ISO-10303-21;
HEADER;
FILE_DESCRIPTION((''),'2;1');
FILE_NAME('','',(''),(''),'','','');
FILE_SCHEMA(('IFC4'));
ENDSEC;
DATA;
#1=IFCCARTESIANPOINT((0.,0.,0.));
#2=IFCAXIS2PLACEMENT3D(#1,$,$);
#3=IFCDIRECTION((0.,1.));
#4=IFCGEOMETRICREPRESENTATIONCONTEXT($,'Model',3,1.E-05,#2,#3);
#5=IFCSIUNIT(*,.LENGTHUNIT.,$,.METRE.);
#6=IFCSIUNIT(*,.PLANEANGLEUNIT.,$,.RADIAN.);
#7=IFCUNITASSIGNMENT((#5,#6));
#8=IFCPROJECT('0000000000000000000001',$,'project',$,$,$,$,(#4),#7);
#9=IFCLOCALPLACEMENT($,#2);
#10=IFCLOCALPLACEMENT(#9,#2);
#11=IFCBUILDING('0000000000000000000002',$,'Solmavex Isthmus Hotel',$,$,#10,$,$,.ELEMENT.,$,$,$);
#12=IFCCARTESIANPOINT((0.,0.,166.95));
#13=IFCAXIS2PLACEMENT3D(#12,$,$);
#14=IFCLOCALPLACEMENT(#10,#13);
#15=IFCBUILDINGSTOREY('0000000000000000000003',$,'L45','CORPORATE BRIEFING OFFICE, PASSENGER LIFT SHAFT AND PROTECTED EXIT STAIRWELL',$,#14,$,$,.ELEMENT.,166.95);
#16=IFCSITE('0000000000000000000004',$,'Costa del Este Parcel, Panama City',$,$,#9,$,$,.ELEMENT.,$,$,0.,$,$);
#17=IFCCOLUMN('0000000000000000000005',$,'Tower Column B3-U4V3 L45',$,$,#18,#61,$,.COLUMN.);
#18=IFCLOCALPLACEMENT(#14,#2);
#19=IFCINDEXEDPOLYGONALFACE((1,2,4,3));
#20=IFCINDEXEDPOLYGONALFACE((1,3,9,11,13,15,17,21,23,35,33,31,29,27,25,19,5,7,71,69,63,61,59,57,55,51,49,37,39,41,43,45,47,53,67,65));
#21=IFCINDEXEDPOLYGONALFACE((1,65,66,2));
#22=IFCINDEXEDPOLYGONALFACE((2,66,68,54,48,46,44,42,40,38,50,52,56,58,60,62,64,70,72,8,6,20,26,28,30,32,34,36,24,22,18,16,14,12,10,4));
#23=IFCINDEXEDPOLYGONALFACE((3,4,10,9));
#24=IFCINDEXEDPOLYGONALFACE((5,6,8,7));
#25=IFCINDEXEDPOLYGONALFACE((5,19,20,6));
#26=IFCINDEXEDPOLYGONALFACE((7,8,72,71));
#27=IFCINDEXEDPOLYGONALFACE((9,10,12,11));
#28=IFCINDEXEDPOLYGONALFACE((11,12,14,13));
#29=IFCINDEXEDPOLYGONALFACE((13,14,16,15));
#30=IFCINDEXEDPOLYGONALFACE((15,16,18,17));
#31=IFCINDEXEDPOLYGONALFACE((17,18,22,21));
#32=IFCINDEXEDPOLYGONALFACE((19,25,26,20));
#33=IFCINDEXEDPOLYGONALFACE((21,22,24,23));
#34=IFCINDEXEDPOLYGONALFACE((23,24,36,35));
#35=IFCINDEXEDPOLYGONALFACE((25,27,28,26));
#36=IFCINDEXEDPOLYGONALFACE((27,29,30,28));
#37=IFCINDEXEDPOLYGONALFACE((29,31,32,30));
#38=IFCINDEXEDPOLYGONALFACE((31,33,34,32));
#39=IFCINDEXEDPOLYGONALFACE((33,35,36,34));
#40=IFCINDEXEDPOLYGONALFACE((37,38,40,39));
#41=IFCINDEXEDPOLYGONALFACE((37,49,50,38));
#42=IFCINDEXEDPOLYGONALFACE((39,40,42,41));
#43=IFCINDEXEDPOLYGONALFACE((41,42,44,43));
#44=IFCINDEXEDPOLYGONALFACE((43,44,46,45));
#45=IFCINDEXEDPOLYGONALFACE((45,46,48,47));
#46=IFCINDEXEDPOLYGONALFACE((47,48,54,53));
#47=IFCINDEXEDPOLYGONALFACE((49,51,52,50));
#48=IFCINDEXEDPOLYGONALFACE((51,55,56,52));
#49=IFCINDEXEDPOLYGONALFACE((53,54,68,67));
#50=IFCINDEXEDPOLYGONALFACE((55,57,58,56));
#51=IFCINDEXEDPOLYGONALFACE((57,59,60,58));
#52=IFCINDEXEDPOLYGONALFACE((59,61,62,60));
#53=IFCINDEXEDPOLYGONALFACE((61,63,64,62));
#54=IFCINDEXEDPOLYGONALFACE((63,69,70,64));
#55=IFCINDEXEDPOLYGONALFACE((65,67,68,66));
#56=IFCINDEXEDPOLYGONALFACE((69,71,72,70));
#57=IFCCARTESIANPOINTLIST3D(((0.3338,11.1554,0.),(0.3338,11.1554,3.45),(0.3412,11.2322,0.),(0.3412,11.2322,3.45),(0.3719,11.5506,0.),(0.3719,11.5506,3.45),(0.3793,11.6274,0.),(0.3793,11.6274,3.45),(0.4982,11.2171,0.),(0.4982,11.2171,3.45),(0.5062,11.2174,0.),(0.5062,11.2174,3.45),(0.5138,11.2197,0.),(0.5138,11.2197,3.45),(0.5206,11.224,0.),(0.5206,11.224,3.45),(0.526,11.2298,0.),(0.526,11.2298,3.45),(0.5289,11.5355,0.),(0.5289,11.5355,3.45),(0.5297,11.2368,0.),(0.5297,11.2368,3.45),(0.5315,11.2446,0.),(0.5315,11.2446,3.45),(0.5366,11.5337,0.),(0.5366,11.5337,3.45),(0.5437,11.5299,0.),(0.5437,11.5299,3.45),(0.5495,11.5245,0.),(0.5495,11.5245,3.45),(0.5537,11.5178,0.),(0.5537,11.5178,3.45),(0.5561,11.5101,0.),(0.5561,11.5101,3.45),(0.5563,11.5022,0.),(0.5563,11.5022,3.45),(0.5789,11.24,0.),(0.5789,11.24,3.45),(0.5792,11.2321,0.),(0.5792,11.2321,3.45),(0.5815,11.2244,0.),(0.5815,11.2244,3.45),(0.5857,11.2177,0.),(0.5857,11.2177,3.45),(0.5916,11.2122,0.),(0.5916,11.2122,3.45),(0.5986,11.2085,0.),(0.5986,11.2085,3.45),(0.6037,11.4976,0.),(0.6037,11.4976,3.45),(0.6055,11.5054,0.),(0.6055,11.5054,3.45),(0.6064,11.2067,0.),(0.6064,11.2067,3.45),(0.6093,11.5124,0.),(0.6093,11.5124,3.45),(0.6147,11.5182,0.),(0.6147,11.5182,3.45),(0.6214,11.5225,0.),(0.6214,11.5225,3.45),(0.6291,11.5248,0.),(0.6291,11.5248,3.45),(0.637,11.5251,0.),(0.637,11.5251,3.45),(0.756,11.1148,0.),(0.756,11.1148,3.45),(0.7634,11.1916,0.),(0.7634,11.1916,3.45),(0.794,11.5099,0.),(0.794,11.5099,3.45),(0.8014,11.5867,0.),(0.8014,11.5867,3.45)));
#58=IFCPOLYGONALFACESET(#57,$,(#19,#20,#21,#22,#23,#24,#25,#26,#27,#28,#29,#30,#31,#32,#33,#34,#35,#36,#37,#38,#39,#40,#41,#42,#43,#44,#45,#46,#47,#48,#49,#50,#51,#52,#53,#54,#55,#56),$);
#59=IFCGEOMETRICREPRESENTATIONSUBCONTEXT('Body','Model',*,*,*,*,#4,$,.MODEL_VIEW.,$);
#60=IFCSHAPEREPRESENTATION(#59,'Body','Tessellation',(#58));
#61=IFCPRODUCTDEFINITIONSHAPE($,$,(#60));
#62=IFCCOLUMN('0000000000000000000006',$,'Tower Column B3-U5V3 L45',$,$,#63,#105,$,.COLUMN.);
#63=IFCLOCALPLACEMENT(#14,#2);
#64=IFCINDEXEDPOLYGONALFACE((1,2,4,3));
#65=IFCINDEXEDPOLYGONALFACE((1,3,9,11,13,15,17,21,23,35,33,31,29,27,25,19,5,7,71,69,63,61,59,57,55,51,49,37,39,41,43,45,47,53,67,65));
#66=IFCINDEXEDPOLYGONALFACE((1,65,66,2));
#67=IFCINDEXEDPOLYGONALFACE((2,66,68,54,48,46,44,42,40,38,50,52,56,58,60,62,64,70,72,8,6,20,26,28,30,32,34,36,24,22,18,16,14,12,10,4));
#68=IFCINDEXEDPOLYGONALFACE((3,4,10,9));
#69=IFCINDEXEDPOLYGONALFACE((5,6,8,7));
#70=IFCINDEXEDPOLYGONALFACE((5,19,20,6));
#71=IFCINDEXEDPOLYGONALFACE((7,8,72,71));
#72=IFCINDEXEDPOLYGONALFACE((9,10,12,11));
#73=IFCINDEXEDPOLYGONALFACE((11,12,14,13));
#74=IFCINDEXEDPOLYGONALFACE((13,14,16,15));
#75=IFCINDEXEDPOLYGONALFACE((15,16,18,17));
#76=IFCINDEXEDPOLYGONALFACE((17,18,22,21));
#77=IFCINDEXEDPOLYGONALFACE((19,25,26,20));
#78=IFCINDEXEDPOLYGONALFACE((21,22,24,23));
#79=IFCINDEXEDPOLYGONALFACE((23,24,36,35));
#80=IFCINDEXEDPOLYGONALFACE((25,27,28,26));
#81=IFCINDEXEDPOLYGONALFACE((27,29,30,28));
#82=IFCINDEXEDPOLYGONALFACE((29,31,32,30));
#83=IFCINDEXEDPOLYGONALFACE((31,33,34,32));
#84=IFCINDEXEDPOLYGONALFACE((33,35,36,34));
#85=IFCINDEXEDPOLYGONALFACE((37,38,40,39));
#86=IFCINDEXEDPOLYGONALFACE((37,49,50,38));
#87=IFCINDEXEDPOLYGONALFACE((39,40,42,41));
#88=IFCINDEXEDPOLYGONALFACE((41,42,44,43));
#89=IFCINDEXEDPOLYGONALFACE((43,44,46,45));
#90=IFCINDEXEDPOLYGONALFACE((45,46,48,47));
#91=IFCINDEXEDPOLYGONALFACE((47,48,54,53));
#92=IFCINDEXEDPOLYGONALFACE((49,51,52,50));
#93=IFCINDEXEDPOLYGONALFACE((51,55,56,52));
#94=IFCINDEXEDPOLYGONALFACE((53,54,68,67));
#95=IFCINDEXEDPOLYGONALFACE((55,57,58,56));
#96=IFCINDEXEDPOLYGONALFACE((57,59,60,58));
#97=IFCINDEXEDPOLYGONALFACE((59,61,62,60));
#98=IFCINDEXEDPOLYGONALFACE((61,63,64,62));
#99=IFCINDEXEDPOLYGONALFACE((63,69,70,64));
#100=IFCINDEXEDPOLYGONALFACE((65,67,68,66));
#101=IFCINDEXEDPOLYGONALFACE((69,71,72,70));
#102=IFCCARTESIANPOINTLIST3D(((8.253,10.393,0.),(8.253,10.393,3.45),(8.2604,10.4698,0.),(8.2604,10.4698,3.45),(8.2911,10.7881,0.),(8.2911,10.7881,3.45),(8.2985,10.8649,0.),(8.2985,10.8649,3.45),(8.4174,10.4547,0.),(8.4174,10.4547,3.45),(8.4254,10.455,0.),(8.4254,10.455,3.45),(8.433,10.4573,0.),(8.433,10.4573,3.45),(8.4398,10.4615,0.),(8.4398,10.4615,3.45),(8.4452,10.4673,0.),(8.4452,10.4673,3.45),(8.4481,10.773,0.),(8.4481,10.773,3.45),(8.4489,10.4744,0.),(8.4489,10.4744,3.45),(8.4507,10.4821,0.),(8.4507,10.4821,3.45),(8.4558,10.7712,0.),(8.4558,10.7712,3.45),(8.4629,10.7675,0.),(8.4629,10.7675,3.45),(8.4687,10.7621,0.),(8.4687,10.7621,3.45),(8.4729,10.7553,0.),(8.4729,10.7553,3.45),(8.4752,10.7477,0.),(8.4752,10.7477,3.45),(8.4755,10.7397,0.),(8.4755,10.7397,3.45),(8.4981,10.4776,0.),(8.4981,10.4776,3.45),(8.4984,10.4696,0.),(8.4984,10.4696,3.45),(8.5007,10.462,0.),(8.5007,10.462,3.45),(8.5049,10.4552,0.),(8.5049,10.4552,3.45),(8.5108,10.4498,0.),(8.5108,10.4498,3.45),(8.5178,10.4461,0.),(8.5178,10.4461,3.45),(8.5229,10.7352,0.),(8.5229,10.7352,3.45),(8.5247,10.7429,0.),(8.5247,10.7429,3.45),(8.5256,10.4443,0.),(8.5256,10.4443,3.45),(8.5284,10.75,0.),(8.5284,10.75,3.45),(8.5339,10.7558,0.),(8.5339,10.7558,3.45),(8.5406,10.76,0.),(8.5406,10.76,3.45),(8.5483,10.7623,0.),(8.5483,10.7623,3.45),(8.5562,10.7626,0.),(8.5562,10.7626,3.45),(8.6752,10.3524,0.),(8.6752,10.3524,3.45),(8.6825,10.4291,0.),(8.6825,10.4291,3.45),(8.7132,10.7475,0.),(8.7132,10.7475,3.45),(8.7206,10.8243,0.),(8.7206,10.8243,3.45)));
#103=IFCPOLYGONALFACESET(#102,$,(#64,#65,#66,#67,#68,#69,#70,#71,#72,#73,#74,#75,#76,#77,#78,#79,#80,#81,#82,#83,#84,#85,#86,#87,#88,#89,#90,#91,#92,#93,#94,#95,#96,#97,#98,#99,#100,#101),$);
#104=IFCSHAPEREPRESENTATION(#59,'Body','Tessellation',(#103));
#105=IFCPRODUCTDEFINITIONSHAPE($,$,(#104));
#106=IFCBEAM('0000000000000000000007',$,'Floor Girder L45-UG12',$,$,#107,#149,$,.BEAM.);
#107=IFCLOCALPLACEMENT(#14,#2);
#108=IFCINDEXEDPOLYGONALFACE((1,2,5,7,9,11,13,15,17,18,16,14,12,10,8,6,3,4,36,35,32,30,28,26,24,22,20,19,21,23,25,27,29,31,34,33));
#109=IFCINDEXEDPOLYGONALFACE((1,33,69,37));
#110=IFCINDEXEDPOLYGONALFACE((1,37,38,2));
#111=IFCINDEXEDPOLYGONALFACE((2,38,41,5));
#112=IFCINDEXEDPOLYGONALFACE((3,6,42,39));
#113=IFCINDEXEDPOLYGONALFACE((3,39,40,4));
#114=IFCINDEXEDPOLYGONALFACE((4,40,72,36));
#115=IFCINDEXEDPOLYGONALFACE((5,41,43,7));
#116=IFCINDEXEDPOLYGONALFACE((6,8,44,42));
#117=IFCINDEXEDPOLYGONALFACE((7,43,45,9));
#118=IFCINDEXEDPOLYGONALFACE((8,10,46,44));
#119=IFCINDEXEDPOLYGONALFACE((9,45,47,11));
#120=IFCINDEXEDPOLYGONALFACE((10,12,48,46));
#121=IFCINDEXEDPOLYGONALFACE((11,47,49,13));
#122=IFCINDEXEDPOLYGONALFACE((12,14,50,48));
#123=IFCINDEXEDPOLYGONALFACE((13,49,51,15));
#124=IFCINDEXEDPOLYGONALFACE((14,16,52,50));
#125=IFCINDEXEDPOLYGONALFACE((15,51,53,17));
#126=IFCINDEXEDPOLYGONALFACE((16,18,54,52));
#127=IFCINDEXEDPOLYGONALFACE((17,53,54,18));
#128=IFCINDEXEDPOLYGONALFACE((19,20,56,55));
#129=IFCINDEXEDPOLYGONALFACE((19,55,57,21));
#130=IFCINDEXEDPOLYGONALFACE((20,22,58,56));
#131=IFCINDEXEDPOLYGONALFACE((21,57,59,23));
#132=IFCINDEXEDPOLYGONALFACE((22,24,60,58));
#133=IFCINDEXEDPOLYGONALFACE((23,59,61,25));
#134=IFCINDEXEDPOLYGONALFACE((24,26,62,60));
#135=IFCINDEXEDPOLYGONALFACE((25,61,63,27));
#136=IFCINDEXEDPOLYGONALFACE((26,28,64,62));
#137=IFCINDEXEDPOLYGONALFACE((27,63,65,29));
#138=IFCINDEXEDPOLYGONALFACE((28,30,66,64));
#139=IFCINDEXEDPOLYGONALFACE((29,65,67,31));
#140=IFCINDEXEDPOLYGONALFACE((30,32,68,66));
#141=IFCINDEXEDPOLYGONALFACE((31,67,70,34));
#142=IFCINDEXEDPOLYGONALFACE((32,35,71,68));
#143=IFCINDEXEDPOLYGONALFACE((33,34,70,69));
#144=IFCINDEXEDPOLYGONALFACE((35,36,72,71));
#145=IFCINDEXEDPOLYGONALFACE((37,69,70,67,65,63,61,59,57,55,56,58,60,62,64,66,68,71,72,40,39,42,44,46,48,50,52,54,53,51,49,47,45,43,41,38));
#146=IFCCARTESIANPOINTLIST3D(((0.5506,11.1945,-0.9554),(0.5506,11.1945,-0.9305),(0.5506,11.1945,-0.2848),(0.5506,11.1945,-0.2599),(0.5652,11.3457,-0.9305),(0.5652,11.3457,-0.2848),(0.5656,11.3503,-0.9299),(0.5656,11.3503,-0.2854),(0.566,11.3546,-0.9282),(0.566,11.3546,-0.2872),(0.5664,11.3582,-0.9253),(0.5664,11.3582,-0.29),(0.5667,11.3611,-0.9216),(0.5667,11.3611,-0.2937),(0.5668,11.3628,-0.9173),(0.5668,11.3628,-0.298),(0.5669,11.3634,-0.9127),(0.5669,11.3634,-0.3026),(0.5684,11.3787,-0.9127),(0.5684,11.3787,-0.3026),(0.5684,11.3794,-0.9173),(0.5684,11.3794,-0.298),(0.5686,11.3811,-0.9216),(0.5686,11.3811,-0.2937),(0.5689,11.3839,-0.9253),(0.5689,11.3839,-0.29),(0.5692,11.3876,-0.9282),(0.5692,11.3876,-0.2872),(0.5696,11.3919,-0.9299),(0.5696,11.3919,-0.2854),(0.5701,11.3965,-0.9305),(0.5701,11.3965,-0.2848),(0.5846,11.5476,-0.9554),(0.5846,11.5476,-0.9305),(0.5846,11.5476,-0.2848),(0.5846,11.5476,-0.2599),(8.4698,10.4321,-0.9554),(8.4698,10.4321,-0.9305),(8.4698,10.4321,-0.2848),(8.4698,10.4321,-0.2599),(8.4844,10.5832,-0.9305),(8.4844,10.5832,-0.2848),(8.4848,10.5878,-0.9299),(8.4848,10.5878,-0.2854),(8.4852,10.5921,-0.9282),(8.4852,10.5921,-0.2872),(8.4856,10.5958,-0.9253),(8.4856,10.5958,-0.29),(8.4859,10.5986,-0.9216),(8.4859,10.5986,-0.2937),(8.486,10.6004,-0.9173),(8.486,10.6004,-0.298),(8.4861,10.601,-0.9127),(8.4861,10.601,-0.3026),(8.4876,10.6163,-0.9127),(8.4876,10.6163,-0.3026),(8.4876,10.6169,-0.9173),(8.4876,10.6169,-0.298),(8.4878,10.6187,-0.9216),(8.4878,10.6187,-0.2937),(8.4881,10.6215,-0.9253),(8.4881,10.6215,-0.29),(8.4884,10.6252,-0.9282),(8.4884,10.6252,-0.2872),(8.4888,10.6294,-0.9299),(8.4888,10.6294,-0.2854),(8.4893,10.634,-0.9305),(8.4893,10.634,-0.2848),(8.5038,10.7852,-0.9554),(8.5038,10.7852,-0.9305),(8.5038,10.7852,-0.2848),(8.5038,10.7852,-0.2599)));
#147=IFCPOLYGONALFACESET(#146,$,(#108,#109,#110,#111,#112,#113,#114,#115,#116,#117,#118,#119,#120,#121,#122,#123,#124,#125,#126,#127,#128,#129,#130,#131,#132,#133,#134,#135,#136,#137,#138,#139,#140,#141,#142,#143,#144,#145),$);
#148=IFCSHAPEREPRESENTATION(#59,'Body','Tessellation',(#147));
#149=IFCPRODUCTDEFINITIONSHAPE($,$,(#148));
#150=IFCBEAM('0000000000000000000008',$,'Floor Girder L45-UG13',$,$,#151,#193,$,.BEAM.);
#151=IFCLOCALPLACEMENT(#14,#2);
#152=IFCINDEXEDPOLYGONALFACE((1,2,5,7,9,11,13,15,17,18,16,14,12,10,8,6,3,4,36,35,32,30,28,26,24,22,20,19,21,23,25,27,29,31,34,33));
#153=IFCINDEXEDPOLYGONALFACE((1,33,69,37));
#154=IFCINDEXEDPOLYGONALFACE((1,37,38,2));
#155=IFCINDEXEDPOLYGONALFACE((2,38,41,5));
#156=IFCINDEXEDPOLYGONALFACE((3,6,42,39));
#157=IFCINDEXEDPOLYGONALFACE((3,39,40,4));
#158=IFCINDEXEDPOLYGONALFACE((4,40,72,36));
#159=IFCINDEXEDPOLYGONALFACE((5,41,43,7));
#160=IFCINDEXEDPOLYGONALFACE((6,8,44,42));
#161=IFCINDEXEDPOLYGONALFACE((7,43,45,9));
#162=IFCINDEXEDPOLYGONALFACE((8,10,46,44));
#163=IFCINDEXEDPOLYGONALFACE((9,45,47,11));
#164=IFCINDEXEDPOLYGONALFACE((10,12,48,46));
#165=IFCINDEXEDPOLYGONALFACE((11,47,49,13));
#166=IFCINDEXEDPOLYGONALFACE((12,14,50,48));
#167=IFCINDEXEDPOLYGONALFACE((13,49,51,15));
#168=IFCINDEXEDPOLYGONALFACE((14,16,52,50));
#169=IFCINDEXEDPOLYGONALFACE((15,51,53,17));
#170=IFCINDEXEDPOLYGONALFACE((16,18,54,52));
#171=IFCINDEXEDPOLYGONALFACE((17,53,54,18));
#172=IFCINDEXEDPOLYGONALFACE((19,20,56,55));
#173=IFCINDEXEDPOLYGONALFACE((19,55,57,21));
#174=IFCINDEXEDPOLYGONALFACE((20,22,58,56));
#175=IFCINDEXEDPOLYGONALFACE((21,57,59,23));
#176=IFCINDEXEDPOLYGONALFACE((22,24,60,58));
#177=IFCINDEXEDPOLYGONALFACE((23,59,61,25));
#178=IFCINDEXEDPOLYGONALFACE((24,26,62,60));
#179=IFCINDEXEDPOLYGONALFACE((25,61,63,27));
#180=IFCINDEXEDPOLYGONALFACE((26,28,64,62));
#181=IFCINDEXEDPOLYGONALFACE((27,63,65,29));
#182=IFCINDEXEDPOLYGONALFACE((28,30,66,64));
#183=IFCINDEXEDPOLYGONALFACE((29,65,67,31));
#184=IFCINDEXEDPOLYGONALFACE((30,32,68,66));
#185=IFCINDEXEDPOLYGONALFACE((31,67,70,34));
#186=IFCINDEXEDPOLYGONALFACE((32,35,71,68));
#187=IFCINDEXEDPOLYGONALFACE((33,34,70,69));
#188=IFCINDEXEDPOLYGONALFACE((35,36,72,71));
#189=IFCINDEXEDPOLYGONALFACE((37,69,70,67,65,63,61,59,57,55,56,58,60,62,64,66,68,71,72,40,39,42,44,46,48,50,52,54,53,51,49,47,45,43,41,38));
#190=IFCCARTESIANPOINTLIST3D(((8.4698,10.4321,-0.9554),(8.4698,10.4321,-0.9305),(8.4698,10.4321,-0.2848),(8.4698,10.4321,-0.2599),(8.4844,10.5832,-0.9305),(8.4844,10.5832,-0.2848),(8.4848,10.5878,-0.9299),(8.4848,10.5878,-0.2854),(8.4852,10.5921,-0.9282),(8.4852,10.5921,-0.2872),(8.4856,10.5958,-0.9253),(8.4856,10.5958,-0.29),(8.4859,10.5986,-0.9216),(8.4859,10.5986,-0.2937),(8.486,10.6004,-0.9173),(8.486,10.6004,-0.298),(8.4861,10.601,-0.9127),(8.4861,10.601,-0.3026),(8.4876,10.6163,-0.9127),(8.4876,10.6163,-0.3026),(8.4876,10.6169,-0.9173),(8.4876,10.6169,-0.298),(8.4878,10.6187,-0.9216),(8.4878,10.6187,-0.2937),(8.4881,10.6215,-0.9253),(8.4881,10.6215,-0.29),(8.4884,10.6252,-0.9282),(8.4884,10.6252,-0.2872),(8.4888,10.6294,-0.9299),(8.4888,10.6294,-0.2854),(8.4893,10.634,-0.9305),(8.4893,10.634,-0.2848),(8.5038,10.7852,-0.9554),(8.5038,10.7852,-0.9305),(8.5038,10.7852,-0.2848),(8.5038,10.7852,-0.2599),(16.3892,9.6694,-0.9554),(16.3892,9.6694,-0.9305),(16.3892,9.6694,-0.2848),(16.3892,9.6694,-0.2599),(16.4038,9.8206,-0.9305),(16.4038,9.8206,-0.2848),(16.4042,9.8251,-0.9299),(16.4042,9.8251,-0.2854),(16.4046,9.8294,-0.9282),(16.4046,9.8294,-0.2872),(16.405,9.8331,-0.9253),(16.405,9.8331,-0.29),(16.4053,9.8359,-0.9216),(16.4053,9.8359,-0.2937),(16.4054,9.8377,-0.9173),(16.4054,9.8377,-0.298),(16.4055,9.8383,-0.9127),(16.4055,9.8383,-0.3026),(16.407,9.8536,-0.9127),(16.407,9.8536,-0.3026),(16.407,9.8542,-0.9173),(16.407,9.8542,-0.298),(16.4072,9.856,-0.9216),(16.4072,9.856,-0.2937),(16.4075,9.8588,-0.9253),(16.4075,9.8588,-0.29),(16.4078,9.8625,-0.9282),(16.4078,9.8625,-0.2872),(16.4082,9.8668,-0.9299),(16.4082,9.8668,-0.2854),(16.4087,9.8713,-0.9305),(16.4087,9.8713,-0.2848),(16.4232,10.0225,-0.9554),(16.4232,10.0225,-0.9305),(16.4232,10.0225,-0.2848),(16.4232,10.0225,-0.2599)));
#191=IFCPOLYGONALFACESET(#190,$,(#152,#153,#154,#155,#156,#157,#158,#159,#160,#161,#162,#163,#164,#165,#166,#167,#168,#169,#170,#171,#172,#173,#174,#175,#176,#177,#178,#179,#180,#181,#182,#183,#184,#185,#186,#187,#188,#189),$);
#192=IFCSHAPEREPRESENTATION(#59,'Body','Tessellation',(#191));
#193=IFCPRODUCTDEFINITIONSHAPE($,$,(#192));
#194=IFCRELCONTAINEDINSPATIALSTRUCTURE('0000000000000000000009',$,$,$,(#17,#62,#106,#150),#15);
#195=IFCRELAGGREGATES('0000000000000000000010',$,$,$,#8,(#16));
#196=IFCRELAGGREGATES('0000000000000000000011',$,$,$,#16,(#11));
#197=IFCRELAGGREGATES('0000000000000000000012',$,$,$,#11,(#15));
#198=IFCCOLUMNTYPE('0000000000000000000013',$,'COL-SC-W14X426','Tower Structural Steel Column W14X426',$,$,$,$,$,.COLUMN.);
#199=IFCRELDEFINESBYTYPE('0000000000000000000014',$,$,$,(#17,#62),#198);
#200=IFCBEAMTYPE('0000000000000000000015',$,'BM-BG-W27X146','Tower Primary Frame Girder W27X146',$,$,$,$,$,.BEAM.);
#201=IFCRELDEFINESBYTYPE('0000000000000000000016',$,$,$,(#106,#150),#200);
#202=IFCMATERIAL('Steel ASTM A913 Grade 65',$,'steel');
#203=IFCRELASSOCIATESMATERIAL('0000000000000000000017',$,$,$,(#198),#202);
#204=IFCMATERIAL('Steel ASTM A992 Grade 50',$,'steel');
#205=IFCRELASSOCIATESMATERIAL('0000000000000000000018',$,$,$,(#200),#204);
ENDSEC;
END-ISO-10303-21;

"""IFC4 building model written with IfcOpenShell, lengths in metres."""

from ifc_helpers import new_model, si_unit, direction, frame, origin, origin_2d, place, context, subcontext, project, spatial, i_section, extrude, material, material_profile, profile_set, type_object, element, save


model = new_model("IFC4")

# Units and contexts
model_context = context("Model", 3, precision=1e-05, world=origin(), true_north=direction((0.0, 1.0)))
body_context = subcontext(model_context, "Body", "Model", "MODEL_VIEW")
ifc_project = project(units=[si_unit("LENGTHUNIT", "METRE"), si_unit("PLANEANGLEUNIT", "RADIAN")], contexts=[model_context])

# Site, building, storey
site_placement = place(None, origin())
site = spatial("IfcSite", under=ifc_project, at=site_placement, Name="Costa del Este Parcel, Panama City", CompositionType="ELEMENT", RefElevation=0.0)
building_placement = place(site_placement, origin())
building = spatial("IfcBuilding", under=site, at=building_placement, Name="Solmavex Isthmus Hotel", CompositionType="ELEMENT")
storey_placement = place(building_placement, frame((0.0, 0.0, 166.95)))
storey = spatial("IfcBuildingStorey", under=building, at=storey_placement, Name="L45", Description="CORPORATE BRIEFING OFFICE, PASSENGER LIFT SHAFT AND PROTECTED EXIT STAIRWELL", CompositionType="ELEMENT", Elevation=166.95)

# Columns
ifc_material_1 = material(Name="Steel ASTM A913 Grade 65", Category="steel")
ifc_material_profile_1 = material_profile(ifc_material_1, i_section(OverallWidth=0.4241, OverallDepth=0.4741, WebThickness=0.0476, FlangeThickness=0.0771, FilletRadius=0.0305, at=origin_2d()), Name="W14X426")
ifc_profile_set_1 = profile_set([ifc_material_profile_1], Name="Steel ASTM A913 Grade 65")
column_type = type_object("IfcColumnType", Name="COL-SC-W14X426", Description="Tower Structural Steel Column W14X426", PredefinedType="COLUMN", material=ifc_profile_set_1)
for number, where, z_axis, x_axis, name in (
    (1, (0.5676, 11.3711, 0.0), (0.0, 0.0, 1.0), (0.995396, -0.095846, 0.0), "Tower Column B3-U4V3 L45"),
    (2, (8.4868, 10.6086, 0.0), (0.0, 0.0, 1.0), (0.995396, -0.095846, 0.0), "Tower Column B3-U5V3 L45"),
):
    element("IfcColumn", number, at=place(storey_placement, frame(where, z_axis=z_axis, x_axis=x_axis)), inside=storey, type_object=column_type, Name=name, PredefinedType="COLUMN", context=body_context, shape_type="SweptSolid", body=[
        extrude(i_section(OverallWidth=0.4241, OverallDepth=0.4741, WebThickness=0.0476, FlangeThickness=0.0771, FilletRadius=0.0305, at=origin_2d()), origin(), (0.0, 0.0, 1.0), 3.45),
    ])

# Beams
ifc_material_2 = material(Name="Steel ASTM A992 Grade 50", Category="steel")
ifc_material_profile_2 = material_profile(ifc_material_2, i_section(OverallWidth=0.3547, OverallDepth=0.6956, WebThickness=0.0154, FlangeThickness=0.0249, FilletRadius=0.0178, at=origin_2d()), Name="W27X146")
ifc_profile_set_2 = profile_set([ifc_material_profile_2], Name="Steel ASTM A992 Grade 50")
beam_type_1 = type_object("IfcBeamType", Name="BM-BG-W27X146", Description="Tower Primary Frame Girder W27X146", PredefinedType="BEAM", material=ifc_profile_set_2)
beam_1_placement = place(storey_placement, frame((0.5676, 11.3711, -0.6077), z_axis=(0.995397, -0.095836, 0.0), x_axis=(0.095836, 0.995397, 0.0)))
element("IfcBeam", 3, at=beam_1_placement, inside=storey, type_object=beam_type_1, Name="Floor Girder L45-UG12", PredefinedType="BEAM", context=body_context, shape_type="SweptSolid", body=[
    extrude(i_section(OverallWidth=0.3547, OverallDepth=0.6956, WebThickness=0.0154, FlangeThickness=0.0249, FilletRadius=0.0178, at=origin_2d()), origin(), (0.0, 0.0, 1.0), 7.9558),
])
beam_2_placement = place(storey_placement, frame((8.4868, 10.6086, -0.6077), z_axis=(0.995395, -0.095863, 0.0), x_axis=(0.095863, 0.995395, 0.0)))
element("IfcBeam", 4, at=beam_2_placement, inside=storey, type_object=beam_type_1, Name="Floor Girder L45-UG13", PredefinedType="BEAM", context=body_context, shape_type="SweptSolid", body=[
    extrude(i_section(OverallWidth=0.3547, OverallDepth=0.6956, WebThickness=0.0154, FlangeThickness=0.0249, FilletRadius=0.0178, at=origin_2d()), origin(), (0.0, 0.0, 1.0), 7.9561),
])

save(model, "model.ifc")
